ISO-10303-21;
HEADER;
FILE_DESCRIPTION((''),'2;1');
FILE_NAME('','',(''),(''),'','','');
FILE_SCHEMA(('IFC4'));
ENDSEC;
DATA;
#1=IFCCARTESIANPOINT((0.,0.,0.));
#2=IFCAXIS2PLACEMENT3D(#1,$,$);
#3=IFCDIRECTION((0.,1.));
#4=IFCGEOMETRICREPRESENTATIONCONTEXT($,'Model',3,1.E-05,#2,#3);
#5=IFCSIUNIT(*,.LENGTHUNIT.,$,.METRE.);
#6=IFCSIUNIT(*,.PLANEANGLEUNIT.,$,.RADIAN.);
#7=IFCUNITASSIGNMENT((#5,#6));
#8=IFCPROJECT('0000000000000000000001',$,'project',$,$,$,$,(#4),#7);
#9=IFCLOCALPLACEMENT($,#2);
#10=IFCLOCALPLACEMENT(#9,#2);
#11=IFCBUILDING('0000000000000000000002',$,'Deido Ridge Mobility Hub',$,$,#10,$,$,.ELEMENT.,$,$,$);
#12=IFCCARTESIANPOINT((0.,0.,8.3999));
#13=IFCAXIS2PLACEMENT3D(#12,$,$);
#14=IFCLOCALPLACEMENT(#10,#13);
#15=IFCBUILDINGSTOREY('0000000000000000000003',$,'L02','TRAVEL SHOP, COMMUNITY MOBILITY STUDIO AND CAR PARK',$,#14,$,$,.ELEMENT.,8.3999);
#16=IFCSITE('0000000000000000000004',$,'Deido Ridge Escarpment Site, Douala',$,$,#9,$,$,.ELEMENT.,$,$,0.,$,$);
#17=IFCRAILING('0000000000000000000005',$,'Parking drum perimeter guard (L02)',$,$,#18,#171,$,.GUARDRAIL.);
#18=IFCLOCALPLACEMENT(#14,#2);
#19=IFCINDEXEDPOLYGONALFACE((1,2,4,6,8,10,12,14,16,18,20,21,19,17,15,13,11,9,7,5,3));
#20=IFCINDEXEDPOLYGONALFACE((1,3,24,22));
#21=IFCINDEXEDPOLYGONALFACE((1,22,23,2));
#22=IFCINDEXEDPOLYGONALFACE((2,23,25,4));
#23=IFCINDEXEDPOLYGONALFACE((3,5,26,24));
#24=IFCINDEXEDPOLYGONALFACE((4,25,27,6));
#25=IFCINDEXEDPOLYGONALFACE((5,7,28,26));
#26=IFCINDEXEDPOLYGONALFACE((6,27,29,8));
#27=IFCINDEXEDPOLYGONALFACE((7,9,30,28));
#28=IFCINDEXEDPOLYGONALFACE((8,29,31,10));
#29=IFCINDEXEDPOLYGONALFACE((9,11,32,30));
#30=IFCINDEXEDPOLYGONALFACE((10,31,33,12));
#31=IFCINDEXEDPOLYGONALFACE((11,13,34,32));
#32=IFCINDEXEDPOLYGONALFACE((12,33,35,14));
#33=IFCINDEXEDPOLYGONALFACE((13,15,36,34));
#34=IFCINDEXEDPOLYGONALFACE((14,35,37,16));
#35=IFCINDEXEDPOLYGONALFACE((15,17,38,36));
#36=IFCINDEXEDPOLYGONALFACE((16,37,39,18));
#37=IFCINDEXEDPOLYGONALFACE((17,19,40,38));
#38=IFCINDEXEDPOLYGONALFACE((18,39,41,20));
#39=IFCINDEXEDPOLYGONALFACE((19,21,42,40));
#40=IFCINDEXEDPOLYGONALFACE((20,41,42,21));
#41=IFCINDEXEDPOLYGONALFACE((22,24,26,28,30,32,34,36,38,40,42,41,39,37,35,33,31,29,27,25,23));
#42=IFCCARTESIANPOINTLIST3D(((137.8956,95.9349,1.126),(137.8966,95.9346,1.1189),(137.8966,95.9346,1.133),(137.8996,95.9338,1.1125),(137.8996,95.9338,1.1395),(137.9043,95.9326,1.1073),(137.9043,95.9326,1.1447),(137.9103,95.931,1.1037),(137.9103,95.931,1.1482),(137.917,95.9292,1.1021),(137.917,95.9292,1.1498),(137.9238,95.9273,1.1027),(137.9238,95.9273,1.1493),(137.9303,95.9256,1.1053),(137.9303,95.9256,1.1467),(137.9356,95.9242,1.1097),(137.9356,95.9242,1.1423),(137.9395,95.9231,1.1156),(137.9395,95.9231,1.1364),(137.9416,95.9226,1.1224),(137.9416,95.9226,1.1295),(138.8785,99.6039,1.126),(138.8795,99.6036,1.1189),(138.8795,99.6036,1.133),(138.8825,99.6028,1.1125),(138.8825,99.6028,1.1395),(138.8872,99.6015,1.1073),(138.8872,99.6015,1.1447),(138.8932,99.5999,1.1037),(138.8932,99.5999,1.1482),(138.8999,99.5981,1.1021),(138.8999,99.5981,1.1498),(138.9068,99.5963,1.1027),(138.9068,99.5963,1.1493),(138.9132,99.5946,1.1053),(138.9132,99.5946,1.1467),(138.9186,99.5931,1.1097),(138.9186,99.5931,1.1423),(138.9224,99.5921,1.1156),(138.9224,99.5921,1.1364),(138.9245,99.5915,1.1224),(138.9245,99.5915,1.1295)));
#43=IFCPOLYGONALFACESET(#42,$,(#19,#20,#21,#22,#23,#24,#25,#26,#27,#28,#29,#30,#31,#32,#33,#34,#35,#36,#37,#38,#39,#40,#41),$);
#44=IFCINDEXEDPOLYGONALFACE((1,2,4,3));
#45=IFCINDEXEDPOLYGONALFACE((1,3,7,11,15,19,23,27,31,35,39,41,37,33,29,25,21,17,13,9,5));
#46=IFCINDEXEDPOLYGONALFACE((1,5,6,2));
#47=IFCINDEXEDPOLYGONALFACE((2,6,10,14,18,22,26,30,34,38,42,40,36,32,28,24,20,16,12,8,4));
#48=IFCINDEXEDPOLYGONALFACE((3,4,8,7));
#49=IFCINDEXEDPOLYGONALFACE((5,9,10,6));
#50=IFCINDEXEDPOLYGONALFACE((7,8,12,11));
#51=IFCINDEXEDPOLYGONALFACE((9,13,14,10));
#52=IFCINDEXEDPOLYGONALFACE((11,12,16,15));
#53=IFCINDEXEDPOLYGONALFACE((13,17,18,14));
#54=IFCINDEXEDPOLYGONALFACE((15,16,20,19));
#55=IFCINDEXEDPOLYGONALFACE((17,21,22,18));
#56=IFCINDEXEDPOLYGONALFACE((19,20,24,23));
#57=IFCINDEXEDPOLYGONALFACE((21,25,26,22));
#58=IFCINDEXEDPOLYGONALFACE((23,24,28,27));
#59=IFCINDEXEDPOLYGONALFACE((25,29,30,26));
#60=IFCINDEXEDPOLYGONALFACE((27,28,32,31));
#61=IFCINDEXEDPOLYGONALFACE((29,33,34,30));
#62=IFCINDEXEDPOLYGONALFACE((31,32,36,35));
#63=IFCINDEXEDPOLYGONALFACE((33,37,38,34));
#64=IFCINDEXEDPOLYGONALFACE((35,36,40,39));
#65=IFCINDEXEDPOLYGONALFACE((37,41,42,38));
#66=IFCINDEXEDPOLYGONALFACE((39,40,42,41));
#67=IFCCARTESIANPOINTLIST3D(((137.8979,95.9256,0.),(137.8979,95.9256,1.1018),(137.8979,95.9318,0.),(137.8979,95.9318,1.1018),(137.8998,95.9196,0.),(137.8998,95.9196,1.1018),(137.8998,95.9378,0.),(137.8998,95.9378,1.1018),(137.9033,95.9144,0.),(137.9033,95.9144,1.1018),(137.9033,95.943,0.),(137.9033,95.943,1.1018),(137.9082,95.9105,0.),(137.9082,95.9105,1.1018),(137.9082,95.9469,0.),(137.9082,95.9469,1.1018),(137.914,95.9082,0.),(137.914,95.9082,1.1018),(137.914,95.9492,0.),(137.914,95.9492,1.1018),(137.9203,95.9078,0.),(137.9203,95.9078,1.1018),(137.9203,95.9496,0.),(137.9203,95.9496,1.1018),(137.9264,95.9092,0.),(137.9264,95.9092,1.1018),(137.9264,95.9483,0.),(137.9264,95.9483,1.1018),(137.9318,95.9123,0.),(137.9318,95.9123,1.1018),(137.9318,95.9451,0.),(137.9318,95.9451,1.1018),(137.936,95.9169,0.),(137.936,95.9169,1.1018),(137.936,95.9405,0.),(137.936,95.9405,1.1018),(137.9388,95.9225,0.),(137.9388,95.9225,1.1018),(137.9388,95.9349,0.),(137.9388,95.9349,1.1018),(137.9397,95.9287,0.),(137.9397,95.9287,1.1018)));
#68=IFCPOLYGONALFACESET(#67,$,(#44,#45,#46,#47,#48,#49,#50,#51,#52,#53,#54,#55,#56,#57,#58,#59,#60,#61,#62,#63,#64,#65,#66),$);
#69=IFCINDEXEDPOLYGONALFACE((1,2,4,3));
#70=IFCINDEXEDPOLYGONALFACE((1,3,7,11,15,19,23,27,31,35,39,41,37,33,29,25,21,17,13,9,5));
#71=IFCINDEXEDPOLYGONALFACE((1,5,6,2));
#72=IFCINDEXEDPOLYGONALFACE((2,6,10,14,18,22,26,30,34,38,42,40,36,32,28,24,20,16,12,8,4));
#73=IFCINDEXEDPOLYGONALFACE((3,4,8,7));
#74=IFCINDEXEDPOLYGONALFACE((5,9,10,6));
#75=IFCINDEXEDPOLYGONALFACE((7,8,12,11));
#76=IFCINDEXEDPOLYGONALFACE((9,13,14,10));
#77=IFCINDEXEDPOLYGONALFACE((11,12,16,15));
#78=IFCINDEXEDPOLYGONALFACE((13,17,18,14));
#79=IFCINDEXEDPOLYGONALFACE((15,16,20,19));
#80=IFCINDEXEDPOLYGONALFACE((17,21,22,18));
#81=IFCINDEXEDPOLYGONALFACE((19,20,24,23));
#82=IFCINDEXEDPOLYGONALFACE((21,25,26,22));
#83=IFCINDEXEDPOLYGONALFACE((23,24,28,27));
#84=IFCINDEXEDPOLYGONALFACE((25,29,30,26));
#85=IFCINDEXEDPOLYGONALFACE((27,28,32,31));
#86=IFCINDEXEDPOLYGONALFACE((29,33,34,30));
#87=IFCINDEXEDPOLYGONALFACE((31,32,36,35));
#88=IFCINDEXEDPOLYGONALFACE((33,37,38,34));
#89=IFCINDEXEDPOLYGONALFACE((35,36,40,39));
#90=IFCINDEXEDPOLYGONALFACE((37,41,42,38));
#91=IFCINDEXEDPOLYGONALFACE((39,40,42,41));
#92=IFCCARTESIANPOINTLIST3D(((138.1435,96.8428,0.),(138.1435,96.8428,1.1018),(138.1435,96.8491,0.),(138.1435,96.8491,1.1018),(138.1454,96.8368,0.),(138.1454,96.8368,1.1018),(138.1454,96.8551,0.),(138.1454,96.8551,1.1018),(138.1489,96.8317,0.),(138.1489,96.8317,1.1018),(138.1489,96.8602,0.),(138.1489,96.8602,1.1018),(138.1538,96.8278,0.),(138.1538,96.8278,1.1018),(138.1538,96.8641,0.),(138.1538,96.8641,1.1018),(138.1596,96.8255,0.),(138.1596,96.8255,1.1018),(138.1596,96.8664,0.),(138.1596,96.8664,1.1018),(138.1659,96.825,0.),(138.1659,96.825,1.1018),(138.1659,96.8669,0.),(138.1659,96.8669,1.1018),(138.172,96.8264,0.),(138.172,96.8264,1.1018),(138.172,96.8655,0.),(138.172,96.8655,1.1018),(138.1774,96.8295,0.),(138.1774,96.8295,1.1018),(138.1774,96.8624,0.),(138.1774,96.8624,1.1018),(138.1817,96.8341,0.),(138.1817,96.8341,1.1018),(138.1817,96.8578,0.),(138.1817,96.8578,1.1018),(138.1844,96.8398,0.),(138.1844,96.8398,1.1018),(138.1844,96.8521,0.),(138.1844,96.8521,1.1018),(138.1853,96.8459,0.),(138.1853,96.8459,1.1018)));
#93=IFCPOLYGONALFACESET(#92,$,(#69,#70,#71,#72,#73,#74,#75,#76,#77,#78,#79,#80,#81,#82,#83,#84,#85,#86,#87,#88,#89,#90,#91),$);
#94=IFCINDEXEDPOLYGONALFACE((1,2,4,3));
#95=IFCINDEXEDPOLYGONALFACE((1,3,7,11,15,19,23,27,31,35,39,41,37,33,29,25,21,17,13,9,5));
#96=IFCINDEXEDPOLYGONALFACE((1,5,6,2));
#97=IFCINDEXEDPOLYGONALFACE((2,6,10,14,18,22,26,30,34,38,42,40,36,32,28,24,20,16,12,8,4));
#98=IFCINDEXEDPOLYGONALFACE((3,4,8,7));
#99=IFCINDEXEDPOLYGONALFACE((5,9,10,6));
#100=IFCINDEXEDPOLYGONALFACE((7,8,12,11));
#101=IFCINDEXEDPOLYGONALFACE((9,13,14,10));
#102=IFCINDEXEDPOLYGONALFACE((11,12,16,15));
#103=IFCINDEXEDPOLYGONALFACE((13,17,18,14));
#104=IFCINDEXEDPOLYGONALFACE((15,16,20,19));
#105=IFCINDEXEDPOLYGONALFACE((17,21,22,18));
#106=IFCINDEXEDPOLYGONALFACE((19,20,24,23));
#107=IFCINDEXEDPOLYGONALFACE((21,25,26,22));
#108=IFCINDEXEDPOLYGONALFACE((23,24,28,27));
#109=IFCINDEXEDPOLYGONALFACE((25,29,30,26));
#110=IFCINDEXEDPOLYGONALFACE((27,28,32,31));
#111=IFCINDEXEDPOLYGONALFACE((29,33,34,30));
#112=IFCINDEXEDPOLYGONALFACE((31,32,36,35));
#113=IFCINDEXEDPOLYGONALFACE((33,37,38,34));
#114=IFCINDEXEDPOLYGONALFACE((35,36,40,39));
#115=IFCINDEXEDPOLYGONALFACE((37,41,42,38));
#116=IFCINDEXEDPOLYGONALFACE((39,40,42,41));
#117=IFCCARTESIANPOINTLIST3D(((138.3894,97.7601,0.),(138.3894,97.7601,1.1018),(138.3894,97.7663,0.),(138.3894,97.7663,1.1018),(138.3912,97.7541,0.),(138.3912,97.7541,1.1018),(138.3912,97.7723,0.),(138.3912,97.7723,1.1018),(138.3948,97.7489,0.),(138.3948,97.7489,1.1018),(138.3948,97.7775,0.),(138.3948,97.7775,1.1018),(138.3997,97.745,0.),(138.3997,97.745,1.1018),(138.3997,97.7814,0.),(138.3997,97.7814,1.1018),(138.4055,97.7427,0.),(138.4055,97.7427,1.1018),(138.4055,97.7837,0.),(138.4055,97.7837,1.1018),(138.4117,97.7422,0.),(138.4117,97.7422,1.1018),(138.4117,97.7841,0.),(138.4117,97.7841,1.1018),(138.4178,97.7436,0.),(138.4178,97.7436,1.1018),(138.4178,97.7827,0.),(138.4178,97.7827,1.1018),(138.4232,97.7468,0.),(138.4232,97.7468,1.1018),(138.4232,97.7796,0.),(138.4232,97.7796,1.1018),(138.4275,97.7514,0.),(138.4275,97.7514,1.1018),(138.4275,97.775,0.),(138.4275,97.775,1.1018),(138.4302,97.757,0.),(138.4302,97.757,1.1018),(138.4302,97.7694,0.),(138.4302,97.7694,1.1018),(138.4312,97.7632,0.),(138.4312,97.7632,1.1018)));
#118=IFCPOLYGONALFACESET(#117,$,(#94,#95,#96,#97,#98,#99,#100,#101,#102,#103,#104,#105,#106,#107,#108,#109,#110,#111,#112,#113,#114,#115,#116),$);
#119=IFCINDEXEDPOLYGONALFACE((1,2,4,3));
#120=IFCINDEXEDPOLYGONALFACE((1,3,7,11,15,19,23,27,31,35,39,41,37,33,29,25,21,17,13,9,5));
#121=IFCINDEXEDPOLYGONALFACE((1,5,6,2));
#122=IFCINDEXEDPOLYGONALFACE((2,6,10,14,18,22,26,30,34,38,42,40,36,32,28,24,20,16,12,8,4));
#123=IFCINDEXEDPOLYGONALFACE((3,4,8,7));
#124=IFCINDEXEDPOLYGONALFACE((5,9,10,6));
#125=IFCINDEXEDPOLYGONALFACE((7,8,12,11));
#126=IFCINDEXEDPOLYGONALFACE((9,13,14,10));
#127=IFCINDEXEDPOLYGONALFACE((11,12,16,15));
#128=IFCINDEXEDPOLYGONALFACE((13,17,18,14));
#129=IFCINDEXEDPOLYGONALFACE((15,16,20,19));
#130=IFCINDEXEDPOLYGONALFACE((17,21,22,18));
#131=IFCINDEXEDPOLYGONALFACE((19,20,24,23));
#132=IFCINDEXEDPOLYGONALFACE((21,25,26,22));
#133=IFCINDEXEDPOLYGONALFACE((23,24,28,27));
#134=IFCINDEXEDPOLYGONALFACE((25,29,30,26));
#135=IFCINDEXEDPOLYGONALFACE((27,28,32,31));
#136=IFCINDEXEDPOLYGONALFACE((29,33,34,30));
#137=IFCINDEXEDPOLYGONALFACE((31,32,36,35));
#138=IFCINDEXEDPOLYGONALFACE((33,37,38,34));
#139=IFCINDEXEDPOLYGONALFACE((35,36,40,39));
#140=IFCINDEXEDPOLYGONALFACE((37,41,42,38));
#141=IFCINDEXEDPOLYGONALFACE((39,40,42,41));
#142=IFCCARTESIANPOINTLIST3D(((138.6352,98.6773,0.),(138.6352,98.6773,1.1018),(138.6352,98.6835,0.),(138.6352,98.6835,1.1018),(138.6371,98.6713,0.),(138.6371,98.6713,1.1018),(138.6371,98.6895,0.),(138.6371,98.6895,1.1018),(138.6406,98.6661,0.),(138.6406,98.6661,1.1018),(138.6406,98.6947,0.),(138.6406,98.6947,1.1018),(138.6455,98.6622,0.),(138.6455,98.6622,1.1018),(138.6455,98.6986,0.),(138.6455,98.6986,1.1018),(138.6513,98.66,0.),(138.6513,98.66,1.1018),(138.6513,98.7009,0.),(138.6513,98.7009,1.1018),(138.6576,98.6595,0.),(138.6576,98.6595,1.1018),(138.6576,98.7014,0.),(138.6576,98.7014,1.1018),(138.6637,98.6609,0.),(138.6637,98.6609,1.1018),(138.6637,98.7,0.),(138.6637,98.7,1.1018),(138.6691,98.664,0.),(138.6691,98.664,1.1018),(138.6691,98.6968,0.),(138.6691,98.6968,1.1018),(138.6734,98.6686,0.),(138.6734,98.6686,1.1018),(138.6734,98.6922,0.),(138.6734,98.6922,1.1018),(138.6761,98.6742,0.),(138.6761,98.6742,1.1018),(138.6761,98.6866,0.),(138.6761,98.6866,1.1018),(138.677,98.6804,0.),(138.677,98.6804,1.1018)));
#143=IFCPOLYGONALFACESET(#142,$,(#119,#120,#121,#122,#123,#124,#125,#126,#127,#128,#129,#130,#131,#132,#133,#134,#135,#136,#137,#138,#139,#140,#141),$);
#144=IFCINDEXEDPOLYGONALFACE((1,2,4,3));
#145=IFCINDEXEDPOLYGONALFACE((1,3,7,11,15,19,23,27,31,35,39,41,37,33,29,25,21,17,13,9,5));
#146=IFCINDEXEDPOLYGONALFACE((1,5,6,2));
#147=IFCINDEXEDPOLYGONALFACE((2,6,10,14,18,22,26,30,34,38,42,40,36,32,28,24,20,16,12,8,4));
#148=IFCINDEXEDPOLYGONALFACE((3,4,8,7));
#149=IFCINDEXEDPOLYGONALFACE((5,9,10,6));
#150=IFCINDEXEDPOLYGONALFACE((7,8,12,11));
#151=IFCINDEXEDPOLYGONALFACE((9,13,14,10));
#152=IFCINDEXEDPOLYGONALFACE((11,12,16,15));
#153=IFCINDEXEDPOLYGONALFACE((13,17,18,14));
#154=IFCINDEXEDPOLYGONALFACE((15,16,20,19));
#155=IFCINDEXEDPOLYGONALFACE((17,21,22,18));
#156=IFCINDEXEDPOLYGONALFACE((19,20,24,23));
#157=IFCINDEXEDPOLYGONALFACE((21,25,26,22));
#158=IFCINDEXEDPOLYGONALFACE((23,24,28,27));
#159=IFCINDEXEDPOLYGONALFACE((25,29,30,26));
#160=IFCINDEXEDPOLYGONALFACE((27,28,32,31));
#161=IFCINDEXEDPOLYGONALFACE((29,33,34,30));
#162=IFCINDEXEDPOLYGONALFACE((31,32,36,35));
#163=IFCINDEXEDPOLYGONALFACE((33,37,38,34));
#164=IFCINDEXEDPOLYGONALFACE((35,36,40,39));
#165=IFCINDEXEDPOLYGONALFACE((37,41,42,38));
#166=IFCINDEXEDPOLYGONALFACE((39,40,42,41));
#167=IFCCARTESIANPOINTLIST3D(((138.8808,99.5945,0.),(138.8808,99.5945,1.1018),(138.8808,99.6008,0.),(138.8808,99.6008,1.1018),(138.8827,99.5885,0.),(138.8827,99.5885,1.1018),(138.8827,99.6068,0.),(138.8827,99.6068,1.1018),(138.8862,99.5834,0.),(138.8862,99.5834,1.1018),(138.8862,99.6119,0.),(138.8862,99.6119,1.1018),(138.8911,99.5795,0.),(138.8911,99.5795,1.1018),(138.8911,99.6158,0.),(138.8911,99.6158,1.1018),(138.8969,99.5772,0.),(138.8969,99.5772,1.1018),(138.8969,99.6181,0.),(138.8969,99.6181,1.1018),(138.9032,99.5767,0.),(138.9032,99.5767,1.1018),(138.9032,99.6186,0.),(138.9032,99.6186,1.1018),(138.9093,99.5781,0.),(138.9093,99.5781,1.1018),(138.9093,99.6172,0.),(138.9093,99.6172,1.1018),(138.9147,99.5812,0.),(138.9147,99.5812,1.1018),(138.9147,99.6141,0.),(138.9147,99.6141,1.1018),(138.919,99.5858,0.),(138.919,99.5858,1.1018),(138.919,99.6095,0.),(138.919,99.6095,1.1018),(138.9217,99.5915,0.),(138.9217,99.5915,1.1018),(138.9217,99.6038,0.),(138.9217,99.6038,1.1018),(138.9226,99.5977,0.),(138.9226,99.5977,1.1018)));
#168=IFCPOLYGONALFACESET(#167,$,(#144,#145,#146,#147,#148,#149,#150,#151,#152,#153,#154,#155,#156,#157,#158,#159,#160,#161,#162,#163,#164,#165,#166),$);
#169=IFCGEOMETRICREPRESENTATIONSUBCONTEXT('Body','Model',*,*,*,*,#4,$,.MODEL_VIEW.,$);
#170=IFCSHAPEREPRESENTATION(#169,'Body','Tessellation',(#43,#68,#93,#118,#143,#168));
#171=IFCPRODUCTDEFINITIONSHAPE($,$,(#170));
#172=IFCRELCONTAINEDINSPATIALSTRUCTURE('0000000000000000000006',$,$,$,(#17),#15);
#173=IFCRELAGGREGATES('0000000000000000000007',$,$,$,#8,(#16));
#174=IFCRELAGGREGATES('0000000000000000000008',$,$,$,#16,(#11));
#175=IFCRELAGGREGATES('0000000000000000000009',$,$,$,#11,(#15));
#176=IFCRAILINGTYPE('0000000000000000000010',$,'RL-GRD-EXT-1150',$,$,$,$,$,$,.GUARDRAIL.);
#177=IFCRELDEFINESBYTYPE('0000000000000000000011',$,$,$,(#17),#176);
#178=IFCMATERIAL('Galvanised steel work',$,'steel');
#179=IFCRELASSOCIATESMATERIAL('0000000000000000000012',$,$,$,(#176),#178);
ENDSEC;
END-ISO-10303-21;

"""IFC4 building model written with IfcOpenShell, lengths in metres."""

from ifc_helpers import new_model, si_unit, direction, frame, origin, origin_2d, place, context, subcontext, project, spatial, circle, extrude, material, type_object, element, save


model = new_model("IFC4")

# Units and contexts
model_context = context("Model", 3, precision=1e-05, world=origin(), true_north=direction((0.0, 1.0)))
body_context = subcontext(model_context, "Body", "Model", "MODEL_VIEW")
ifc_project = project(units=[si_unit("LENGTHUNIT", "METRE"), si_unit("PLANEANGLEUNIT", "RADIAN")], contexts=[model_context])

# Site, building, storey
site_placement = place(None, origin())
site = spatial("IfcSite", under=ifc_project, at=site_placement, Name="Deido Ridge Escarpment Site, Douala", CompositionType="ELEMENT", RefElevation=0.0)
building_placement = place(site_placement, origin())
building = spatial("IfcBuilding", under=site, at=building_placement, Name="Deido Ridge Mobility Hub", CompositionType="ELEMENT")
storey_placement = place(building_placement, frame((0.0, 0.0, 8.3999)))
storey = spatial("IfcBuildingStorey", under=building, at=storey_placement, Name="L02", Description="TRAVEL SHOP, COMMUNITY MOBILITY STUDIO AND CAR PARK", CompositionType="ELEMENT", Elevation=8.3999)

# Railing
ifc_material_1 = material(Name="Galvanised steel work", Category="steel")
railing_type = type_object("IfcRailingType", Name="RL-GRD-EXT-1150", PredefinedType="GUARDRAIL", material=ifc_material_1)
railing_1_placement = place(storey_placement, frame((137.9187, 95.9287, 0.0)))
element("IfcRailing", 1, at=railing_1_placement, inside=storey, type_object=railing_type, Name="Parking drum perimeter guard (L02)", PredefinedType="GUARDRAIL", context=body_context, shape_type="SweptSolid", body=[
    extrude(circle(Radius=0.0239, at=origin_2d()), frame((0.0, 0.0, 1.126), z_axis=(0.258775, 0.965938, 0.0), x_axis=(-0.965938, 0.258775, 0.0)), (0.0, 0.0, 1.0), 3.7983),
    extrude(circle(Radius=0.021, at=origin_2d()), origin(), (0.0, 0.0, 1.0), 1.1018),
    extrude(circle(Radius=0.021, at=origin_2d()), frame((0.2456, 0.9172, 0.0)), (0.0, 0.0, 1.0), 1.1018),
    extrude(circle(Radius=0.021, at=origin_2d()), frame((0.4915, 1.8345, 0.0)), (0.0, 0.0, 1.0), 1.1018),
    extrude(circle(Radius=0.021, at=origin_2d()), frame((0.7373, 2.7517, 0.0)), (0.0, 0.0, 1.0), 1.1018),
    extrude(circle(Radius=0.021, at=origin_2d()), frame((0.9829, 3.6689, 0.0)), (0.0, 0.0, 1.0), 1.1018),
])

save(model, "model.ifc")
